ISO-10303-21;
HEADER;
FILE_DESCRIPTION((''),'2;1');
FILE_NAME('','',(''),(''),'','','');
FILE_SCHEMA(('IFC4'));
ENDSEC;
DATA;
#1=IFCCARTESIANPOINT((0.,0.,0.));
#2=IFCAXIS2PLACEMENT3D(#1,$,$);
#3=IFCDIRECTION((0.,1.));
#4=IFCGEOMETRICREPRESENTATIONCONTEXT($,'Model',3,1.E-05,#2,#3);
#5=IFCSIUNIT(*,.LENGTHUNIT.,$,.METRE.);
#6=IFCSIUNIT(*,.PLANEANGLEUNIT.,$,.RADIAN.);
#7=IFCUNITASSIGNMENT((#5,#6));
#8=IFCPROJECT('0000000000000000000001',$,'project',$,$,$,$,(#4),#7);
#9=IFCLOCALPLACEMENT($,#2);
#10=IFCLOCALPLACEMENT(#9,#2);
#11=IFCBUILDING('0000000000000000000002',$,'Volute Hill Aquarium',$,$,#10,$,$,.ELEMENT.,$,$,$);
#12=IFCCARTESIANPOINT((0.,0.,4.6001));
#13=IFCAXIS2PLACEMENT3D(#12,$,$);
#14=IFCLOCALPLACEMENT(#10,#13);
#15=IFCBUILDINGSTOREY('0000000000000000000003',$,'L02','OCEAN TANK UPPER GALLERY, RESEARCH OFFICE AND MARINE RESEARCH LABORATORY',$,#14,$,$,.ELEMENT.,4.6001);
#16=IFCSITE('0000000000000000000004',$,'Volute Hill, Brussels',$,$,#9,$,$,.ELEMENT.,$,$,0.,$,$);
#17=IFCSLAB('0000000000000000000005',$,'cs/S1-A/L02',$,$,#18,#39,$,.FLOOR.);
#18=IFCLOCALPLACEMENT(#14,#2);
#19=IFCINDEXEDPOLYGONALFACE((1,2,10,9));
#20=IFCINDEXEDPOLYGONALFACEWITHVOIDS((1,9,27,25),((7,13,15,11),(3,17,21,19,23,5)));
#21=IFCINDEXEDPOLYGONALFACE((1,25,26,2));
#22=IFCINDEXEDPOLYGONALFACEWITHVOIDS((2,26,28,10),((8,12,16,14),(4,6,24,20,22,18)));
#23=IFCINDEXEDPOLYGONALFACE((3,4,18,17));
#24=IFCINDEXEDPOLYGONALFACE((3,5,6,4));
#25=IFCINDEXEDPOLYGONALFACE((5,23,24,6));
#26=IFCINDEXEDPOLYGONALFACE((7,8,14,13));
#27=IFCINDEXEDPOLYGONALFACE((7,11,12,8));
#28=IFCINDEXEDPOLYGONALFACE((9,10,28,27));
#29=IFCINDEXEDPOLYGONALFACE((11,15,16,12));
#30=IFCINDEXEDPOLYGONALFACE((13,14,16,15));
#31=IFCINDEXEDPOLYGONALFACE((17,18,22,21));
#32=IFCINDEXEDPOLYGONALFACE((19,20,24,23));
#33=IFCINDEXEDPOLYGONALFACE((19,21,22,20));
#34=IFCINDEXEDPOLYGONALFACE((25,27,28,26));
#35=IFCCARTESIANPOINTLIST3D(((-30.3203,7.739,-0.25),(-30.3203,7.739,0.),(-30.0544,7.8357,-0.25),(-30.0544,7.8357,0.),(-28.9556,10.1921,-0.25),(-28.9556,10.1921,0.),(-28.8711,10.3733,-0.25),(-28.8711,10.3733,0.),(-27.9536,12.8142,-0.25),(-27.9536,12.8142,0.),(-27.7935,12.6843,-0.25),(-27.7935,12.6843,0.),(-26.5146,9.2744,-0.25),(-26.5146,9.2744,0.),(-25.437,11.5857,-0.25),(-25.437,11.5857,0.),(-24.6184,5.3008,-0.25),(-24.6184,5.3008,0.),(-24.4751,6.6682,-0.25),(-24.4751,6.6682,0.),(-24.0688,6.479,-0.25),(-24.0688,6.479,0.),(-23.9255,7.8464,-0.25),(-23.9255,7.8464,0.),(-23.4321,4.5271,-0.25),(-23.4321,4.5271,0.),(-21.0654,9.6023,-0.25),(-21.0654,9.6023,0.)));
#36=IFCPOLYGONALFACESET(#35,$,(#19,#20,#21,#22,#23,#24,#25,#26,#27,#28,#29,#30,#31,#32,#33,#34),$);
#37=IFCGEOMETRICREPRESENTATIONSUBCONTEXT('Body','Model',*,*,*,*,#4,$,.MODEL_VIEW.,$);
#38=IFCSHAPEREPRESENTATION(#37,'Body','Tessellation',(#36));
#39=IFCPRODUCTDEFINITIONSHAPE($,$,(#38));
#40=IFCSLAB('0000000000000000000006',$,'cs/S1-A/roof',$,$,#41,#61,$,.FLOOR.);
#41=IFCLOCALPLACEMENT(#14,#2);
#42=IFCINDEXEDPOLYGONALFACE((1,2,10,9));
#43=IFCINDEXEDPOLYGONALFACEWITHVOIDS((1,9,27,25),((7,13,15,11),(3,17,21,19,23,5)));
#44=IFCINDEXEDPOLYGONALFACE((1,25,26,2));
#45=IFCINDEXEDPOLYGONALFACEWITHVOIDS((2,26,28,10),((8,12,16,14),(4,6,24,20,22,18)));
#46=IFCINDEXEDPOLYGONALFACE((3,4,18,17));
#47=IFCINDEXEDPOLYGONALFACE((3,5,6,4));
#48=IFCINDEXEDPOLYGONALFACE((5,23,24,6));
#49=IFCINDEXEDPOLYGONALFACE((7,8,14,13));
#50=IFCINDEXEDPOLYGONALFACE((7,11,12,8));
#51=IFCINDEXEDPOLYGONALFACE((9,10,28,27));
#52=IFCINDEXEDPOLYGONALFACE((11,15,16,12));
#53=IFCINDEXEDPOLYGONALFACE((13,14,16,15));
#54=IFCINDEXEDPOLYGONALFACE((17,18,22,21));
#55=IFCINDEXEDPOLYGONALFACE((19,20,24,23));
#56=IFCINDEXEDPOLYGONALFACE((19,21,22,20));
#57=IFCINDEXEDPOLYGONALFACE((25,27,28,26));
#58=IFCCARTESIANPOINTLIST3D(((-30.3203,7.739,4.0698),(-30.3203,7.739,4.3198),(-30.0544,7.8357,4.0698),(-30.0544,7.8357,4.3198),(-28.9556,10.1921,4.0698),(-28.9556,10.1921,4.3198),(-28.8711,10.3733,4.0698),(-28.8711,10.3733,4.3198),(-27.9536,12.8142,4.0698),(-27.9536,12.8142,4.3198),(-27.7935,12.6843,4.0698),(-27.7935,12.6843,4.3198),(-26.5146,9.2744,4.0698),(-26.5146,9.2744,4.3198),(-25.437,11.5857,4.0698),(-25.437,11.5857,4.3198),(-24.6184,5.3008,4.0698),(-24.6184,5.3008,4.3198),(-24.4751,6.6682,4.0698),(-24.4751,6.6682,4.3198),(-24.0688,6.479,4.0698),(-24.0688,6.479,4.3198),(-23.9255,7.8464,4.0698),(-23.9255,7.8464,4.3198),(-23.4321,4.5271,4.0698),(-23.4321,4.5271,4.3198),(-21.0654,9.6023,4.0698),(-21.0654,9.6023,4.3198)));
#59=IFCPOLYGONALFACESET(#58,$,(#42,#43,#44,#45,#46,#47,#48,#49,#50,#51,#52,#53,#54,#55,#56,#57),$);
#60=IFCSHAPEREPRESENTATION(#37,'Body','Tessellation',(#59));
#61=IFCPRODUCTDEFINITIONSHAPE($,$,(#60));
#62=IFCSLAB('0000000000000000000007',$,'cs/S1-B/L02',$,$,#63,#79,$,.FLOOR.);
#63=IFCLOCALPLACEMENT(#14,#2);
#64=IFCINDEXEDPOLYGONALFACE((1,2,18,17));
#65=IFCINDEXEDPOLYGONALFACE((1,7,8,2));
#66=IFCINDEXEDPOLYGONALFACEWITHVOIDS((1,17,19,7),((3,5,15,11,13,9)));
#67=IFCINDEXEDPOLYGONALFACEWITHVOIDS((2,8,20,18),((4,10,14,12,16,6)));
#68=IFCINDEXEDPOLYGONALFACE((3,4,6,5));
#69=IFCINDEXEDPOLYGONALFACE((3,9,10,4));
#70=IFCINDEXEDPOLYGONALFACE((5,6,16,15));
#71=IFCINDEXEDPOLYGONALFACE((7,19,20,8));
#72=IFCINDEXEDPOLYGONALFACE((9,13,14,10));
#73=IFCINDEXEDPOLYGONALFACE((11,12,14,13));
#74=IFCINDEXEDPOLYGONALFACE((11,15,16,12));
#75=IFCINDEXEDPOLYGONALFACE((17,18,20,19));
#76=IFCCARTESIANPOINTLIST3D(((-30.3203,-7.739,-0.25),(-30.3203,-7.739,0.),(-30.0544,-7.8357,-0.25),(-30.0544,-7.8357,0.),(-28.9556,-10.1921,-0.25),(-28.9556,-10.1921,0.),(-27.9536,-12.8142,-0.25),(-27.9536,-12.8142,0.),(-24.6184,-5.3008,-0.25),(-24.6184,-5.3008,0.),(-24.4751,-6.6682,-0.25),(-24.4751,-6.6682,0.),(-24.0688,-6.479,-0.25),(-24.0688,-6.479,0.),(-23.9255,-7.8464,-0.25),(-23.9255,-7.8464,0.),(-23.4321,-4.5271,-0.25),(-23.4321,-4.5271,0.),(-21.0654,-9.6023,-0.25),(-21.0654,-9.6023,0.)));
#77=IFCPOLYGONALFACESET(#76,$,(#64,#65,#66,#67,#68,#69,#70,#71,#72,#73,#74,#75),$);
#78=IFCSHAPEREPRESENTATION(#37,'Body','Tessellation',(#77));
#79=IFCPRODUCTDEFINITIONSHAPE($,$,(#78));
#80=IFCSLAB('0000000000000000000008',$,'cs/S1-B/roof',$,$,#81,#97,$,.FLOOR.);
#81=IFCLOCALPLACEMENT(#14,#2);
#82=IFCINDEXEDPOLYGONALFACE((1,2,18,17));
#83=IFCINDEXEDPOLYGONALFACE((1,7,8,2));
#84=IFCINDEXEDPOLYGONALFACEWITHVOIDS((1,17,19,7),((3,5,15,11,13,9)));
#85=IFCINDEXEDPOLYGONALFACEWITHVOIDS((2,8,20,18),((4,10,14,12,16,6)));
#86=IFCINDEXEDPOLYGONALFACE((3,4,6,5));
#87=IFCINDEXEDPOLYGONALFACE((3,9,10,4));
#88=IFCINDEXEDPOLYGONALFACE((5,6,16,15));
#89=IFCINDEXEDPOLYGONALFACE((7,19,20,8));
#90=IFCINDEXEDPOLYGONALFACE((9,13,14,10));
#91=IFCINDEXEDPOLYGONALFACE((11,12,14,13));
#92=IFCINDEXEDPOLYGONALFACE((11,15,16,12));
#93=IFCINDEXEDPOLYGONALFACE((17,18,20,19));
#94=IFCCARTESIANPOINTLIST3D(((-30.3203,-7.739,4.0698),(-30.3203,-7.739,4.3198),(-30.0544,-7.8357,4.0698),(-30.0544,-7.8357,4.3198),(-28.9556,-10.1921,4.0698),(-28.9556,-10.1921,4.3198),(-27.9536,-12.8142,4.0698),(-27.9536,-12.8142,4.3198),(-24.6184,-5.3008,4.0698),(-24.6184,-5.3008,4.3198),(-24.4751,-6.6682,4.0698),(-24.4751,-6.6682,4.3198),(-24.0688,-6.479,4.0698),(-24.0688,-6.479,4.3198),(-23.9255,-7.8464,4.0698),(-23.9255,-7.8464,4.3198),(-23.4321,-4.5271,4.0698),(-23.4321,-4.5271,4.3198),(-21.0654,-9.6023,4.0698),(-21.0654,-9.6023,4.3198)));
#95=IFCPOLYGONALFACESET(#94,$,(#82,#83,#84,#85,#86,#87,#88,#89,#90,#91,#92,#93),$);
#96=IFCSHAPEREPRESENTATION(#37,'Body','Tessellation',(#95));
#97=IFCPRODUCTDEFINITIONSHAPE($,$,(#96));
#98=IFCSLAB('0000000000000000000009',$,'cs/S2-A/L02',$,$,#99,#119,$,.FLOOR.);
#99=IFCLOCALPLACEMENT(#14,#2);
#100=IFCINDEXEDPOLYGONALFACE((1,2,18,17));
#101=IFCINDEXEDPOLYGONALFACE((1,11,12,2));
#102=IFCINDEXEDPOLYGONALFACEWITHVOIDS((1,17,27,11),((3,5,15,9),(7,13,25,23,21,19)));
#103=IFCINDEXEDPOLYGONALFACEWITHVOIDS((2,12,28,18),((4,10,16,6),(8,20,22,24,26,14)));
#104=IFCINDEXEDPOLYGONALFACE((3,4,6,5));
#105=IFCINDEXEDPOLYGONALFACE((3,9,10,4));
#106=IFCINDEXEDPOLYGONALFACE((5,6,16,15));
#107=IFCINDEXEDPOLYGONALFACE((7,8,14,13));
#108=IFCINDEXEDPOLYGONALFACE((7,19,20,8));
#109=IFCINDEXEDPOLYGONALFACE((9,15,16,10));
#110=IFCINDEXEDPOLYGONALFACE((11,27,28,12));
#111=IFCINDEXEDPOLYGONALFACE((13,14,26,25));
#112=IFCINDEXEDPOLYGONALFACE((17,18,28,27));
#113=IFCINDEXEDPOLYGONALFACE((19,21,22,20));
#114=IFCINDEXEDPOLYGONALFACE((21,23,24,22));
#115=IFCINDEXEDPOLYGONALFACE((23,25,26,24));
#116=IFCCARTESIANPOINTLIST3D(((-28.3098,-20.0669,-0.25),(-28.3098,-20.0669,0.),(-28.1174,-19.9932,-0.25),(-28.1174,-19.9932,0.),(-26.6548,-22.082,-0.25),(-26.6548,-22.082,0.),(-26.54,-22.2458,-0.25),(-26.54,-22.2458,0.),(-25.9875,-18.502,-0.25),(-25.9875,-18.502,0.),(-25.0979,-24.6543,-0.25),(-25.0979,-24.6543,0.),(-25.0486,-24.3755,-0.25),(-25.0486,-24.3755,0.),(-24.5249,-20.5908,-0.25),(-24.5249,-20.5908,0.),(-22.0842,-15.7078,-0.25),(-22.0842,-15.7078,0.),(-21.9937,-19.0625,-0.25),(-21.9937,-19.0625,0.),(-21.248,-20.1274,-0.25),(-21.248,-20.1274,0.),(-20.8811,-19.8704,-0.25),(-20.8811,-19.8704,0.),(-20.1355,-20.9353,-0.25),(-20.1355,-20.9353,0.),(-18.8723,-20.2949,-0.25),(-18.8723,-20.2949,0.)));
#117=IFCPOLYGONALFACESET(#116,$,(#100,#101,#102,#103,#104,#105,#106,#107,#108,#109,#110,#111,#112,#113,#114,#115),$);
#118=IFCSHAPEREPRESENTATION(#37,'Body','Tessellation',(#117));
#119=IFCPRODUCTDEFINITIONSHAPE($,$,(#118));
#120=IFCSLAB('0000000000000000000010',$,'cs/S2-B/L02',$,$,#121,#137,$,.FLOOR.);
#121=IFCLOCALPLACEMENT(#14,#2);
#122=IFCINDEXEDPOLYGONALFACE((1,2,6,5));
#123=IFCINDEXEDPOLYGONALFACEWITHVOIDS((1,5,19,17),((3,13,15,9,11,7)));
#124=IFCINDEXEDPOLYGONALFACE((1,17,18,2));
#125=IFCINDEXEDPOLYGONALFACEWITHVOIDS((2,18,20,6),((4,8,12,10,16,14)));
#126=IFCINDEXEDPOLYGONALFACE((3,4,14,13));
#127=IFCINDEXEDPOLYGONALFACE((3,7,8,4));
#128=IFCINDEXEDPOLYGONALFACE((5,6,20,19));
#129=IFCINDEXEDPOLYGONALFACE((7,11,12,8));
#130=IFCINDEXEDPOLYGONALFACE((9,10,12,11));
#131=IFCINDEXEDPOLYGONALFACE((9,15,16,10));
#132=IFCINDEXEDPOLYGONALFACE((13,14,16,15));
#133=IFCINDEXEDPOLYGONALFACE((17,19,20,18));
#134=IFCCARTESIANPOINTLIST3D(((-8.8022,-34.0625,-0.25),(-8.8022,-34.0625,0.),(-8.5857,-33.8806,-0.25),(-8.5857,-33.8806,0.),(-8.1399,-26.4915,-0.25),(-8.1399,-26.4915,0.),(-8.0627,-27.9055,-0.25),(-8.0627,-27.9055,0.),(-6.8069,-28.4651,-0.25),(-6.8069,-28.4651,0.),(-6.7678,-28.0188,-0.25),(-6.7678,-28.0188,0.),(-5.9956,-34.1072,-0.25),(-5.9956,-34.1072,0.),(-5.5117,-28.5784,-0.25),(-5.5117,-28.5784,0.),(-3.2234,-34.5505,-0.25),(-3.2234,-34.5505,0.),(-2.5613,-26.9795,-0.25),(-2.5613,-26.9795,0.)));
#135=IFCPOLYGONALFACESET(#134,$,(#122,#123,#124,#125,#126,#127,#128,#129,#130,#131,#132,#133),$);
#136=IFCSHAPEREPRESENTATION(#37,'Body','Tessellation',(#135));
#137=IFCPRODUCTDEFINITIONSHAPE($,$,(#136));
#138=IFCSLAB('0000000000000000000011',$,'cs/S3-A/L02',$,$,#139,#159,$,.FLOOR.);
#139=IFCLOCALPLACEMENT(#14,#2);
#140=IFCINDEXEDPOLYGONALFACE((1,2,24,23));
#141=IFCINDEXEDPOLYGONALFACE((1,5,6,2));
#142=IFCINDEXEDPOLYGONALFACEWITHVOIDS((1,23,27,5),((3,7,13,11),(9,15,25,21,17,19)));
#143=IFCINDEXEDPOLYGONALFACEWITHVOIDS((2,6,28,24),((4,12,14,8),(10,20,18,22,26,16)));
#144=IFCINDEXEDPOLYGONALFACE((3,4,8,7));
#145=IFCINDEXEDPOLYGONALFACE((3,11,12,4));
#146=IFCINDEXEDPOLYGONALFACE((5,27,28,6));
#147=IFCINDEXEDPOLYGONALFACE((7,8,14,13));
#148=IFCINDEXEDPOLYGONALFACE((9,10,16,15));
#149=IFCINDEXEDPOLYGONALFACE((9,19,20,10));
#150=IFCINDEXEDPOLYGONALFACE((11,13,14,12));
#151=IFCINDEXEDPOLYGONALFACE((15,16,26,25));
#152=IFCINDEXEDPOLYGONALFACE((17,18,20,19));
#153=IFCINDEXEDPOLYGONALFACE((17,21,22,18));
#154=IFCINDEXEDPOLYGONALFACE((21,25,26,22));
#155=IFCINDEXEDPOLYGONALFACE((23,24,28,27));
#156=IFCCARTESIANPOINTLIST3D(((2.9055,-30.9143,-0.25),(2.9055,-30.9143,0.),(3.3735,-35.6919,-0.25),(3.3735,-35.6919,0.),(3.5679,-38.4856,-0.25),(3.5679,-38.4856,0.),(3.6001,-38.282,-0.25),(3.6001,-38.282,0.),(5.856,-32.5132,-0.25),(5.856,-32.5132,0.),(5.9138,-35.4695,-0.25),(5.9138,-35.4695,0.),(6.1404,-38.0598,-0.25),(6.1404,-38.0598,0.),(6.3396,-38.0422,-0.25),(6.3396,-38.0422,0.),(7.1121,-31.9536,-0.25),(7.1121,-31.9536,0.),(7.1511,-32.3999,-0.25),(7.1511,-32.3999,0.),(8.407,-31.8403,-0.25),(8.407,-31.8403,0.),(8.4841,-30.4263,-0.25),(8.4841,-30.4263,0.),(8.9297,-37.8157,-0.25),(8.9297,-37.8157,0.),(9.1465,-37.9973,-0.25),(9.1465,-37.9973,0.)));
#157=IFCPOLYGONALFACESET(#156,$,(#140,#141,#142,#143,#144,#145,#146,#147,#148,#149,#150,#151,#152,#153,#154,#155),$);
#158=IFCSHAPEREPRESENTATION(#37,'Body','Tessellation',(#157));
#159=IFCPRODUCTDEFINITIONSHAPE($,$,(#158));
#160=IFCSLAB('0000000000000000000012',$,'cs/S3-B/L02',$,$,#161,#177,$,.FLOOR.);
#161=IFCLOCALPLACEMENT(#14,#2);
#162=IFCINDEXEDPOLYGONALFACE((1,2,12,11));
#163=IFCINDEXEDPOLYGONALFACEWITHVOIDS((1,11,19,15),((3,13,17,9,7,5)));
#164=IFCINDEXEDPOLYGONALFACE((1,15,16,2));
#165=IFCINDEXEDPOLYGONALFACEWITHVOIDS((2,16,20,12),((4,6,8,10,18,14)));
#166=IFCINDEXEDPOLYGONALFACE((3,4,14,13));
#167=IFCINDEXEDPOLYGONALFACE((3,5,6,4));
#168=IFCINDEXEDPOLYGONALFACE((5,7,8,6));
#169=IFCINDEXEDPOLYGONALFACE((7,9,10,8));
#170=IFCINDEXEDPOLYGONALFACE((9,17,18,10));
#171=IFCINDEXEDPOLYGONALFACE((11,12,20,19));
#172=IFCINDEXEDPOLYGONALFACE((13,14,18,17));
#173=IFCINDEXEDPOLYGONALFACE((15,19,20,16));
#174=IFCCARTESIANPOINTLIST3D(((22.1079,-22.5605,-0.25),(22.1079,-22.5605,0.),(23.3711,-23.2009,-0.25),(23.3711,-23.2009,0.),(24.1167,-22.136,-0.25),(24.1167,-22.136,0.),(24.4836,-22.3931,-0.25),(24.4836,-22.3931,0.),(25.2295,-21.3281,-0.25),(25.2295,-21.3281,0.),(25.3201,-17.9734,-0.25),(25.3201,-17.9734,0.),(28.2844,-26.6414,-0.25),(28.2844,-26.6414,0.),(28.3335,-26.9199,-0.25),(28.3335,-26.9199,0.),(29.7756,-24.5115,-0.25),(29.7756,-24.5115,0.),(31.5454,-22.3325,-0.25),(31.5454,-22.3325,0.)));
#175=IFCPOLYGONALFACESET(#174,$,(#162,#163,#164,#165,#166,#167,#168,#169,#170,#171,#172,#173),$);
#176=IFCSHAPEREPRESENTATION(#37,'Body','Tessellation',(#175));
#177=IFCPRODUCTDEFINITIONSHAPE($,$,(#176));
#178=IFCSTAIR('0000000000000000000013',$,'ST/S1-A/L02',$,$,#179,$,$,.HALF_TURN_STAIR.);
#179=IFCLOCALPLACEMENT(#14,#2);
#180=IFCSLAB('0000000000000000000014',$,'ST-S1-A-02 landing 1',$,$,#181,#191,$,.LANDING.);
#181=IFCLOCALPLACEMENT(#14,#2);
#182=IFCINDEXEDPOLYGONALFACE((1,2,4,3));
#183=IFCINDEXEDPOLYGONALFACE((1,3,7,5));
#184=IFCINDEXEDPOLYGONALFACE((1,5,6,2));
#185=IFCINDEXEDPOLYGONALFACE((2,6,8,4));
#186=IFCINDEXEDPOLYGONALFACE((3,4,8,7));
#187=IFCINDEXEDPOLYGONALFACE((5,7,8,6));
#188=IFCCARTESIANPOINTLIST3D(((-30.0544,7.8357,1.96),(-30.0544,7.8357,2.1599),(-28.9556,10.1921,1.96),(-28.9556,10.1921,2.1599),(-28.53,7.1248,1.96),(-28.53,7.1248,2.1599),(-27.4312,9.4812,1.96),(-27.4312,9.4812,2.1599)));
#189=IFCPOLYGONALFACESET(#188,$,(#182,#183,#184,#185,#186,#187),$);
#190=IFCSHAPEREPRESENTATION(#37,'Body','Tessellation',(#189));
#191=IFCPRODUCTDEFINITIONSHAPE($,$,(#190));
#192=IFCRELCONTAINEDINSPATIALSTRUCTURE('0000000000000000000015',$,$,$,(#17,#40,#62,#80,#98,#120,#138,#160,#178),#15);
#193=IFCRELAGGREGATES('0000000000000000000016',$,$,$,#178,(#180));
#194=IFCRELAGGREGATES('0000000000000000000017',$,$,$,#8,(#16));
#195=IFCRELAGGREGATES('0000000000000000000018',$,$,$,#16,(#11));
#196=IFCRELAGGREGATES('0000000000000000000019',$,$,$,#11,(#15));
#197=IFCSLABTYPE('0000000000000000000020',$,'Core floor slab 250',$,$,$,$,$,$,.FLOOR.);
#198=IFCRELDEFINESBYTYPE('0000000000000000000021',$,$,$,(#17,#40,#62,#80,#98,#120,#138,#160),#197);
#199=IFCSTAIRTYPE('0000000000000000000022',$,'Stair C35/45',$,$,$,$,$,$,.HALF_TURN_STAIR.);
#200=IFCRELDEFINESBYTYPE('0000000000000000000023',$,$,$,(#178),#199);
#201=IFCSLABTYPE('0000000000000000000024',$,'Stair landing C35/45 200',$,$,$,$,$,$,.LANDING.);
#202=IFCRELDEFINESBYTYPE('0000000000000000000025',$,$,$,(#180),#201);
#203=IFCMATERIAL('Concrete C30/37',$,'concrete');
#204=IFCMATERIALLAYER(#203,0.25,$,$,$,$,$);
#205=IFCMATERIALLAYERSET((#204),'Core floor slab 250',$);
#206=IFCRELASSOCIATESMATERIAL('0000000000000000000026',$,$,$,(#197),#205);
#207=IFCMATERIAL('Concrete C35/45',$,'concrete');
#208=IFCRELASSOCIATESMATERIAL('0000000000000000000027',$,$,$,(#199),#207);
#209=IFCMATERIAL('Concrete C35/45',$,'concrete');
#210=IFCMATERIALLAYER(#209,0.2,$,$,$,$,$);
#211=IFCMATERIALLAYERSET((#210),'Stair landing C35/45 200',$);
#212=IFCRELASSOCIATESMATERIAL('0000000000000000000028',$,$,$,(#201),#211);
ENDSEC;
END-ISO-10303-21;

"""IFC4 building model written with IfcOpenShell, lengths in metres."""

from ifc_helpers import new_model, si_unit, direction, frame, origin, place, context, subcontext, project, spatial, polyline, outline, extrude, material, layer, layer_set, type_object, element, aggregate, save


model = new_model("IFC4")

# Units and contexts
model_context = context("Model", 3, precision=1e-05, world=origin(), true_north=direction((0.0, 1.0)))
body_context = subcontext(model_context, "Body", "Model", "MODEL_VIEW")
ifc_project = project(units=[si_unit("LENGTHUNIT", "METRE"), si_unit("PLANEANGLEUNIT", "RADIAN")], contexts=[model_context])

# Site, building, storey
site_placement = place(None, origin())
site = spatial("IfcSite", under=ifc_project, at=site_placement, Name="Volute Hill, Brussels", CompositionType="ELEMENT", RefElevation=0.0)
building_placement = place(site_placement, origin())
building = spatial("IfcBuilding", under=site, at=building_placement, Name="Volute Hill Aquarium", CompositionType="ELEMENT")
storey_placement = place(building_placement, frame((0.0, 0.0, 4.6001)))
storey = spatial("IfcBuildingStorey", under=building, at=storey_placement, Name="L02", Description="OCEAN TANK UPPER GALLERY, RESEARCH OFFICE AND MARINE RESEARCH LABORATORY", CompositionType="ELEMENT", Elevation=4.6001)

# Slabs
ifc_material_1 = material(Name="Concrete C30/37", Category="concrete")
ifc_layer_1 = layer(ifc_material_1, 0.25)
ifc_layer_set_1 = layer_set([ifc_layer_1], Name="Core floor slab 250")
slab_type_1 = type_object("IfcSlabType", Name="Core floor slab 250", PredefinedType="FLOOR", material=ifc_layer_set_1)
for number, where, name in (
    (1, (0.0, 0.0, -0.25), "cs/S1-A/L02"),
    (2, (0.0, 0.0, 4.0698), "cs/S1-A/roof"),
):
    element("IfcSlab", number, at=place(storey_placement, frame(where)), inside=storey, type_object=slab_type_1, Name=name, PredefinedType="FLOOR", context=body_context, shape_type="SweptSolid", body=[
        extrude(outline(polyline([(-21.0654, 9.6023), (-27.9536, 12.8142), (-30.3203, 7.739), (-23.4321, 4.5271), (-21.0654, 9.6023)]), holes=[polyline([(-26.5146, 9.2744), (-28.8711, 10.3733), (-27.7935, 12.6843), (-25.437, 11.5857), (-26.5146, 9.2744)]), polyline([(-24.4751, 6.6682), (-24.0688, 6.479), (-24.6184, 5.3008), (-30.0544, 7.8357), (-28.9556, 10.1921), (-23.9255, 7.8464), (-24.4751, 6.6682)])]), origin(), (0.0, 0.0, 1.0), 0.25),
    ])
for number, where, name in (
    (3, (0.0, 0.0, -0.25), "cs/S1-B/L02"),
    (4, (0.0, 0.0, 4.0698), "cs/S1-B/roof"),
):
    element("IfcSlab", number, at=place(storey_placement, frame(where)), inside=storey, type_object=slab_type_1, Name=name, PredefinedType="FLOOR", context=body_context, shape_type="SweptSolid", body=[
        extrude(outline(polyline([(-23.4321, -4.5271), (-30.3203, -7.739), (-27.9536, -12.8142), (-21.0654, -9.6023), (-23.4321, -4.5271)]), holes=[polyline([(-23.9255, -7.8464), (-28.9556, -10.1921), (-30.0544, -7.8357), (-24.6184, -5.3008), (-24.0688, -6.479), (-24.4751, -6.6682), (-23.9255, -7.8464)])]), origin(), (0.0, 0.0, 1.0), 0.25),
    ])
slab_1_placement = place(storey_placement, frame((0.0, 0.0, -0.25)))
element("IfcSlab", 5, at=slab_1_placement, inside=storey, type_object=slab_type_1, Name="cs/S2-A/L02", PredefinedType="FLOOR", context=body_context, shape_type="SweptSolid", body=[
    extrude(outline(polyline([(-22.0842, -15.7078), (-28.3098, -20.0669), (-25.0979, -24.6543), (-18.8723, -20.2949), (-22.0842, -15.7078)]), holes=[polyline([(-24.5249, -20.5908), (-26.6548, -22.082), (-28.1174, -19.9932), (-25.9875, -18.502), (-24.5249, -20.5908)]), polyline([(-21.248, -20.1274), (-20.8811, -19.8704), (-20.1355, -20.9353), (-25.0486, -24.3755), (-26.54, -22.2458), (-21.9937, -19.0625), (-21.248, -20.1274)])]), origin(), (0.0, 0.0, 1.0), 0.25),
])
slab_2_placement = place(storey_placement, frame((0.0, 0.0, -0.25)))
element("IfcSlab", 6, at=slab_2_placement, inside=storey, type_object=slab_type_1, Name="cs/S2-B/L02", PredefinedType="FLOOR", context=body_context, shape_type="SweptSolid", body=[
    extrude(outline(polyline([(-8.1399, -26.4915), (-8.8022, -34.0625), (-3.2234, -34.5505), (-2.5613, -26.9795), (-8.1399, -26.4915)]), holes=[polyline([(-5.5117, -28.5784), (-5.9956, -34.1072), (-8.5857, -33.8806), (-8.0627, -27.9055), (-6.7678, -28.0188), (-6.8069, -28.4651), (-5.5117, -28.5784)])]), origin(), (0.0, 0.0, 1.0), 0.25),
])
slab_3_placement = place(storey_placement, frame((0.0, 0.0, -0.25)))
element("IfcSlab", 7, at=slab_3_placement, inside=storey, type_object=slab_type_1, Name="cs/S3-A/L02", PredefinedType="FLOOR", context=body_context, shape_type="SweptSolid", body=[
    extrude(outline(polyline([(2.9055, -30.9143), (3.5679, -38.4856), (9.1465, -37.9973), (8.4841, -30.4263), (2.9055, -30.9143)]), holes=[polyline([(5.9138, -35.4695), (6.1404, -38.0598), (3.6001, -38.282), (3.3735, -35.6919), (5.9138, -35.4695)]), polyline([(7.1511, -32.3999), (7.1121, -31.9536), (8.407, -31.8403), (8.9297, -37.8157), (6.3396, -38.0422), (5.856, -32.5132), (7.1511, -32.3999)])]), origin(), (0.0, 0.0, 1.0), 0.25),
])
slab_4_placement = place(storey_placement, frame((0.0, 0.0, -0.25)))
element("IfcSlab", 8, at=slab_4_placement, inside=storey, type_object=slab_type_1, Name="cs/S3-B/L02", PredefinedType="FLOOR", context=body_context, shape_type="SweptSolid", body=[
    extrude(outline(polyline([(22.1079, -22.5605), (28.3335, -26.9199), (31.5454, -22.3325), (25.3201, -17.9734), (22.1079, -22.5605)]), holes=[polyline([(25.2295, -21.3281), (29.7756, -24.5115), (28.2844, -26.6414), (23.3711, -23.2009), (24.1167, -22.136), (24.4836, -22.3931), (25.2295, -21.3281)])]), origin(), (0.0, 0.0, 1.0), 0.25),
])

# Stair, slab
ifc_material_2 = material(Name="Concrete C35/45", Category="concrete")
stair_type = type_object("IfcStairType", Name="Stair C35/45", PredefinedType="HALF_TURN_STAIR", material=ifc_material_2)
stair_1_placement = place(storey_placement, origin())
stair_1 = element("IfcStair", 9, at=stair_1_placement, inside=storey, type_object=stair_type, Name="ST/S1-A/L02", PredefinedType="HALF_TURN_STAIR")
ifc_material_3 = material(Name="Concrete C35/45", Category="concrete")
ifc_layer_2 = layer(ifc_material_3, 0.2)
ifc_layer_set_2 = layer_set([ifc_layer_2], Name="Stair landing C35/45 200")
slab_type_2 = type_object("IfcSlabType", Name="Stair landing C35/45 200", PredefinedType="LANDING", material=ifc_layer_set_2)
slab_5_placement = place(storey_placement, frame((0.0, 0.0, 1.96)))
slab_5 = element("IfcSlab", 10, at=slab_5_placement, type_object=slab_type_2, Name="ST-S1-A-02 landing 1", PredefinedType="LANDING", context=body_context, shape_type="SweptSolid", body=[
    extrude(outline(polyline([(-27.4312, 9.4812), (-28.9556, 10.1921), (-30.0544, 7.8357), (-28.53, 7.1248), (-27.4312, 9.4812)])), origin(), (0.0, 0.0, 1.0), 0.2),
])
aggregate(stair_1, [slab_5])

save(model, "model.ifc")
